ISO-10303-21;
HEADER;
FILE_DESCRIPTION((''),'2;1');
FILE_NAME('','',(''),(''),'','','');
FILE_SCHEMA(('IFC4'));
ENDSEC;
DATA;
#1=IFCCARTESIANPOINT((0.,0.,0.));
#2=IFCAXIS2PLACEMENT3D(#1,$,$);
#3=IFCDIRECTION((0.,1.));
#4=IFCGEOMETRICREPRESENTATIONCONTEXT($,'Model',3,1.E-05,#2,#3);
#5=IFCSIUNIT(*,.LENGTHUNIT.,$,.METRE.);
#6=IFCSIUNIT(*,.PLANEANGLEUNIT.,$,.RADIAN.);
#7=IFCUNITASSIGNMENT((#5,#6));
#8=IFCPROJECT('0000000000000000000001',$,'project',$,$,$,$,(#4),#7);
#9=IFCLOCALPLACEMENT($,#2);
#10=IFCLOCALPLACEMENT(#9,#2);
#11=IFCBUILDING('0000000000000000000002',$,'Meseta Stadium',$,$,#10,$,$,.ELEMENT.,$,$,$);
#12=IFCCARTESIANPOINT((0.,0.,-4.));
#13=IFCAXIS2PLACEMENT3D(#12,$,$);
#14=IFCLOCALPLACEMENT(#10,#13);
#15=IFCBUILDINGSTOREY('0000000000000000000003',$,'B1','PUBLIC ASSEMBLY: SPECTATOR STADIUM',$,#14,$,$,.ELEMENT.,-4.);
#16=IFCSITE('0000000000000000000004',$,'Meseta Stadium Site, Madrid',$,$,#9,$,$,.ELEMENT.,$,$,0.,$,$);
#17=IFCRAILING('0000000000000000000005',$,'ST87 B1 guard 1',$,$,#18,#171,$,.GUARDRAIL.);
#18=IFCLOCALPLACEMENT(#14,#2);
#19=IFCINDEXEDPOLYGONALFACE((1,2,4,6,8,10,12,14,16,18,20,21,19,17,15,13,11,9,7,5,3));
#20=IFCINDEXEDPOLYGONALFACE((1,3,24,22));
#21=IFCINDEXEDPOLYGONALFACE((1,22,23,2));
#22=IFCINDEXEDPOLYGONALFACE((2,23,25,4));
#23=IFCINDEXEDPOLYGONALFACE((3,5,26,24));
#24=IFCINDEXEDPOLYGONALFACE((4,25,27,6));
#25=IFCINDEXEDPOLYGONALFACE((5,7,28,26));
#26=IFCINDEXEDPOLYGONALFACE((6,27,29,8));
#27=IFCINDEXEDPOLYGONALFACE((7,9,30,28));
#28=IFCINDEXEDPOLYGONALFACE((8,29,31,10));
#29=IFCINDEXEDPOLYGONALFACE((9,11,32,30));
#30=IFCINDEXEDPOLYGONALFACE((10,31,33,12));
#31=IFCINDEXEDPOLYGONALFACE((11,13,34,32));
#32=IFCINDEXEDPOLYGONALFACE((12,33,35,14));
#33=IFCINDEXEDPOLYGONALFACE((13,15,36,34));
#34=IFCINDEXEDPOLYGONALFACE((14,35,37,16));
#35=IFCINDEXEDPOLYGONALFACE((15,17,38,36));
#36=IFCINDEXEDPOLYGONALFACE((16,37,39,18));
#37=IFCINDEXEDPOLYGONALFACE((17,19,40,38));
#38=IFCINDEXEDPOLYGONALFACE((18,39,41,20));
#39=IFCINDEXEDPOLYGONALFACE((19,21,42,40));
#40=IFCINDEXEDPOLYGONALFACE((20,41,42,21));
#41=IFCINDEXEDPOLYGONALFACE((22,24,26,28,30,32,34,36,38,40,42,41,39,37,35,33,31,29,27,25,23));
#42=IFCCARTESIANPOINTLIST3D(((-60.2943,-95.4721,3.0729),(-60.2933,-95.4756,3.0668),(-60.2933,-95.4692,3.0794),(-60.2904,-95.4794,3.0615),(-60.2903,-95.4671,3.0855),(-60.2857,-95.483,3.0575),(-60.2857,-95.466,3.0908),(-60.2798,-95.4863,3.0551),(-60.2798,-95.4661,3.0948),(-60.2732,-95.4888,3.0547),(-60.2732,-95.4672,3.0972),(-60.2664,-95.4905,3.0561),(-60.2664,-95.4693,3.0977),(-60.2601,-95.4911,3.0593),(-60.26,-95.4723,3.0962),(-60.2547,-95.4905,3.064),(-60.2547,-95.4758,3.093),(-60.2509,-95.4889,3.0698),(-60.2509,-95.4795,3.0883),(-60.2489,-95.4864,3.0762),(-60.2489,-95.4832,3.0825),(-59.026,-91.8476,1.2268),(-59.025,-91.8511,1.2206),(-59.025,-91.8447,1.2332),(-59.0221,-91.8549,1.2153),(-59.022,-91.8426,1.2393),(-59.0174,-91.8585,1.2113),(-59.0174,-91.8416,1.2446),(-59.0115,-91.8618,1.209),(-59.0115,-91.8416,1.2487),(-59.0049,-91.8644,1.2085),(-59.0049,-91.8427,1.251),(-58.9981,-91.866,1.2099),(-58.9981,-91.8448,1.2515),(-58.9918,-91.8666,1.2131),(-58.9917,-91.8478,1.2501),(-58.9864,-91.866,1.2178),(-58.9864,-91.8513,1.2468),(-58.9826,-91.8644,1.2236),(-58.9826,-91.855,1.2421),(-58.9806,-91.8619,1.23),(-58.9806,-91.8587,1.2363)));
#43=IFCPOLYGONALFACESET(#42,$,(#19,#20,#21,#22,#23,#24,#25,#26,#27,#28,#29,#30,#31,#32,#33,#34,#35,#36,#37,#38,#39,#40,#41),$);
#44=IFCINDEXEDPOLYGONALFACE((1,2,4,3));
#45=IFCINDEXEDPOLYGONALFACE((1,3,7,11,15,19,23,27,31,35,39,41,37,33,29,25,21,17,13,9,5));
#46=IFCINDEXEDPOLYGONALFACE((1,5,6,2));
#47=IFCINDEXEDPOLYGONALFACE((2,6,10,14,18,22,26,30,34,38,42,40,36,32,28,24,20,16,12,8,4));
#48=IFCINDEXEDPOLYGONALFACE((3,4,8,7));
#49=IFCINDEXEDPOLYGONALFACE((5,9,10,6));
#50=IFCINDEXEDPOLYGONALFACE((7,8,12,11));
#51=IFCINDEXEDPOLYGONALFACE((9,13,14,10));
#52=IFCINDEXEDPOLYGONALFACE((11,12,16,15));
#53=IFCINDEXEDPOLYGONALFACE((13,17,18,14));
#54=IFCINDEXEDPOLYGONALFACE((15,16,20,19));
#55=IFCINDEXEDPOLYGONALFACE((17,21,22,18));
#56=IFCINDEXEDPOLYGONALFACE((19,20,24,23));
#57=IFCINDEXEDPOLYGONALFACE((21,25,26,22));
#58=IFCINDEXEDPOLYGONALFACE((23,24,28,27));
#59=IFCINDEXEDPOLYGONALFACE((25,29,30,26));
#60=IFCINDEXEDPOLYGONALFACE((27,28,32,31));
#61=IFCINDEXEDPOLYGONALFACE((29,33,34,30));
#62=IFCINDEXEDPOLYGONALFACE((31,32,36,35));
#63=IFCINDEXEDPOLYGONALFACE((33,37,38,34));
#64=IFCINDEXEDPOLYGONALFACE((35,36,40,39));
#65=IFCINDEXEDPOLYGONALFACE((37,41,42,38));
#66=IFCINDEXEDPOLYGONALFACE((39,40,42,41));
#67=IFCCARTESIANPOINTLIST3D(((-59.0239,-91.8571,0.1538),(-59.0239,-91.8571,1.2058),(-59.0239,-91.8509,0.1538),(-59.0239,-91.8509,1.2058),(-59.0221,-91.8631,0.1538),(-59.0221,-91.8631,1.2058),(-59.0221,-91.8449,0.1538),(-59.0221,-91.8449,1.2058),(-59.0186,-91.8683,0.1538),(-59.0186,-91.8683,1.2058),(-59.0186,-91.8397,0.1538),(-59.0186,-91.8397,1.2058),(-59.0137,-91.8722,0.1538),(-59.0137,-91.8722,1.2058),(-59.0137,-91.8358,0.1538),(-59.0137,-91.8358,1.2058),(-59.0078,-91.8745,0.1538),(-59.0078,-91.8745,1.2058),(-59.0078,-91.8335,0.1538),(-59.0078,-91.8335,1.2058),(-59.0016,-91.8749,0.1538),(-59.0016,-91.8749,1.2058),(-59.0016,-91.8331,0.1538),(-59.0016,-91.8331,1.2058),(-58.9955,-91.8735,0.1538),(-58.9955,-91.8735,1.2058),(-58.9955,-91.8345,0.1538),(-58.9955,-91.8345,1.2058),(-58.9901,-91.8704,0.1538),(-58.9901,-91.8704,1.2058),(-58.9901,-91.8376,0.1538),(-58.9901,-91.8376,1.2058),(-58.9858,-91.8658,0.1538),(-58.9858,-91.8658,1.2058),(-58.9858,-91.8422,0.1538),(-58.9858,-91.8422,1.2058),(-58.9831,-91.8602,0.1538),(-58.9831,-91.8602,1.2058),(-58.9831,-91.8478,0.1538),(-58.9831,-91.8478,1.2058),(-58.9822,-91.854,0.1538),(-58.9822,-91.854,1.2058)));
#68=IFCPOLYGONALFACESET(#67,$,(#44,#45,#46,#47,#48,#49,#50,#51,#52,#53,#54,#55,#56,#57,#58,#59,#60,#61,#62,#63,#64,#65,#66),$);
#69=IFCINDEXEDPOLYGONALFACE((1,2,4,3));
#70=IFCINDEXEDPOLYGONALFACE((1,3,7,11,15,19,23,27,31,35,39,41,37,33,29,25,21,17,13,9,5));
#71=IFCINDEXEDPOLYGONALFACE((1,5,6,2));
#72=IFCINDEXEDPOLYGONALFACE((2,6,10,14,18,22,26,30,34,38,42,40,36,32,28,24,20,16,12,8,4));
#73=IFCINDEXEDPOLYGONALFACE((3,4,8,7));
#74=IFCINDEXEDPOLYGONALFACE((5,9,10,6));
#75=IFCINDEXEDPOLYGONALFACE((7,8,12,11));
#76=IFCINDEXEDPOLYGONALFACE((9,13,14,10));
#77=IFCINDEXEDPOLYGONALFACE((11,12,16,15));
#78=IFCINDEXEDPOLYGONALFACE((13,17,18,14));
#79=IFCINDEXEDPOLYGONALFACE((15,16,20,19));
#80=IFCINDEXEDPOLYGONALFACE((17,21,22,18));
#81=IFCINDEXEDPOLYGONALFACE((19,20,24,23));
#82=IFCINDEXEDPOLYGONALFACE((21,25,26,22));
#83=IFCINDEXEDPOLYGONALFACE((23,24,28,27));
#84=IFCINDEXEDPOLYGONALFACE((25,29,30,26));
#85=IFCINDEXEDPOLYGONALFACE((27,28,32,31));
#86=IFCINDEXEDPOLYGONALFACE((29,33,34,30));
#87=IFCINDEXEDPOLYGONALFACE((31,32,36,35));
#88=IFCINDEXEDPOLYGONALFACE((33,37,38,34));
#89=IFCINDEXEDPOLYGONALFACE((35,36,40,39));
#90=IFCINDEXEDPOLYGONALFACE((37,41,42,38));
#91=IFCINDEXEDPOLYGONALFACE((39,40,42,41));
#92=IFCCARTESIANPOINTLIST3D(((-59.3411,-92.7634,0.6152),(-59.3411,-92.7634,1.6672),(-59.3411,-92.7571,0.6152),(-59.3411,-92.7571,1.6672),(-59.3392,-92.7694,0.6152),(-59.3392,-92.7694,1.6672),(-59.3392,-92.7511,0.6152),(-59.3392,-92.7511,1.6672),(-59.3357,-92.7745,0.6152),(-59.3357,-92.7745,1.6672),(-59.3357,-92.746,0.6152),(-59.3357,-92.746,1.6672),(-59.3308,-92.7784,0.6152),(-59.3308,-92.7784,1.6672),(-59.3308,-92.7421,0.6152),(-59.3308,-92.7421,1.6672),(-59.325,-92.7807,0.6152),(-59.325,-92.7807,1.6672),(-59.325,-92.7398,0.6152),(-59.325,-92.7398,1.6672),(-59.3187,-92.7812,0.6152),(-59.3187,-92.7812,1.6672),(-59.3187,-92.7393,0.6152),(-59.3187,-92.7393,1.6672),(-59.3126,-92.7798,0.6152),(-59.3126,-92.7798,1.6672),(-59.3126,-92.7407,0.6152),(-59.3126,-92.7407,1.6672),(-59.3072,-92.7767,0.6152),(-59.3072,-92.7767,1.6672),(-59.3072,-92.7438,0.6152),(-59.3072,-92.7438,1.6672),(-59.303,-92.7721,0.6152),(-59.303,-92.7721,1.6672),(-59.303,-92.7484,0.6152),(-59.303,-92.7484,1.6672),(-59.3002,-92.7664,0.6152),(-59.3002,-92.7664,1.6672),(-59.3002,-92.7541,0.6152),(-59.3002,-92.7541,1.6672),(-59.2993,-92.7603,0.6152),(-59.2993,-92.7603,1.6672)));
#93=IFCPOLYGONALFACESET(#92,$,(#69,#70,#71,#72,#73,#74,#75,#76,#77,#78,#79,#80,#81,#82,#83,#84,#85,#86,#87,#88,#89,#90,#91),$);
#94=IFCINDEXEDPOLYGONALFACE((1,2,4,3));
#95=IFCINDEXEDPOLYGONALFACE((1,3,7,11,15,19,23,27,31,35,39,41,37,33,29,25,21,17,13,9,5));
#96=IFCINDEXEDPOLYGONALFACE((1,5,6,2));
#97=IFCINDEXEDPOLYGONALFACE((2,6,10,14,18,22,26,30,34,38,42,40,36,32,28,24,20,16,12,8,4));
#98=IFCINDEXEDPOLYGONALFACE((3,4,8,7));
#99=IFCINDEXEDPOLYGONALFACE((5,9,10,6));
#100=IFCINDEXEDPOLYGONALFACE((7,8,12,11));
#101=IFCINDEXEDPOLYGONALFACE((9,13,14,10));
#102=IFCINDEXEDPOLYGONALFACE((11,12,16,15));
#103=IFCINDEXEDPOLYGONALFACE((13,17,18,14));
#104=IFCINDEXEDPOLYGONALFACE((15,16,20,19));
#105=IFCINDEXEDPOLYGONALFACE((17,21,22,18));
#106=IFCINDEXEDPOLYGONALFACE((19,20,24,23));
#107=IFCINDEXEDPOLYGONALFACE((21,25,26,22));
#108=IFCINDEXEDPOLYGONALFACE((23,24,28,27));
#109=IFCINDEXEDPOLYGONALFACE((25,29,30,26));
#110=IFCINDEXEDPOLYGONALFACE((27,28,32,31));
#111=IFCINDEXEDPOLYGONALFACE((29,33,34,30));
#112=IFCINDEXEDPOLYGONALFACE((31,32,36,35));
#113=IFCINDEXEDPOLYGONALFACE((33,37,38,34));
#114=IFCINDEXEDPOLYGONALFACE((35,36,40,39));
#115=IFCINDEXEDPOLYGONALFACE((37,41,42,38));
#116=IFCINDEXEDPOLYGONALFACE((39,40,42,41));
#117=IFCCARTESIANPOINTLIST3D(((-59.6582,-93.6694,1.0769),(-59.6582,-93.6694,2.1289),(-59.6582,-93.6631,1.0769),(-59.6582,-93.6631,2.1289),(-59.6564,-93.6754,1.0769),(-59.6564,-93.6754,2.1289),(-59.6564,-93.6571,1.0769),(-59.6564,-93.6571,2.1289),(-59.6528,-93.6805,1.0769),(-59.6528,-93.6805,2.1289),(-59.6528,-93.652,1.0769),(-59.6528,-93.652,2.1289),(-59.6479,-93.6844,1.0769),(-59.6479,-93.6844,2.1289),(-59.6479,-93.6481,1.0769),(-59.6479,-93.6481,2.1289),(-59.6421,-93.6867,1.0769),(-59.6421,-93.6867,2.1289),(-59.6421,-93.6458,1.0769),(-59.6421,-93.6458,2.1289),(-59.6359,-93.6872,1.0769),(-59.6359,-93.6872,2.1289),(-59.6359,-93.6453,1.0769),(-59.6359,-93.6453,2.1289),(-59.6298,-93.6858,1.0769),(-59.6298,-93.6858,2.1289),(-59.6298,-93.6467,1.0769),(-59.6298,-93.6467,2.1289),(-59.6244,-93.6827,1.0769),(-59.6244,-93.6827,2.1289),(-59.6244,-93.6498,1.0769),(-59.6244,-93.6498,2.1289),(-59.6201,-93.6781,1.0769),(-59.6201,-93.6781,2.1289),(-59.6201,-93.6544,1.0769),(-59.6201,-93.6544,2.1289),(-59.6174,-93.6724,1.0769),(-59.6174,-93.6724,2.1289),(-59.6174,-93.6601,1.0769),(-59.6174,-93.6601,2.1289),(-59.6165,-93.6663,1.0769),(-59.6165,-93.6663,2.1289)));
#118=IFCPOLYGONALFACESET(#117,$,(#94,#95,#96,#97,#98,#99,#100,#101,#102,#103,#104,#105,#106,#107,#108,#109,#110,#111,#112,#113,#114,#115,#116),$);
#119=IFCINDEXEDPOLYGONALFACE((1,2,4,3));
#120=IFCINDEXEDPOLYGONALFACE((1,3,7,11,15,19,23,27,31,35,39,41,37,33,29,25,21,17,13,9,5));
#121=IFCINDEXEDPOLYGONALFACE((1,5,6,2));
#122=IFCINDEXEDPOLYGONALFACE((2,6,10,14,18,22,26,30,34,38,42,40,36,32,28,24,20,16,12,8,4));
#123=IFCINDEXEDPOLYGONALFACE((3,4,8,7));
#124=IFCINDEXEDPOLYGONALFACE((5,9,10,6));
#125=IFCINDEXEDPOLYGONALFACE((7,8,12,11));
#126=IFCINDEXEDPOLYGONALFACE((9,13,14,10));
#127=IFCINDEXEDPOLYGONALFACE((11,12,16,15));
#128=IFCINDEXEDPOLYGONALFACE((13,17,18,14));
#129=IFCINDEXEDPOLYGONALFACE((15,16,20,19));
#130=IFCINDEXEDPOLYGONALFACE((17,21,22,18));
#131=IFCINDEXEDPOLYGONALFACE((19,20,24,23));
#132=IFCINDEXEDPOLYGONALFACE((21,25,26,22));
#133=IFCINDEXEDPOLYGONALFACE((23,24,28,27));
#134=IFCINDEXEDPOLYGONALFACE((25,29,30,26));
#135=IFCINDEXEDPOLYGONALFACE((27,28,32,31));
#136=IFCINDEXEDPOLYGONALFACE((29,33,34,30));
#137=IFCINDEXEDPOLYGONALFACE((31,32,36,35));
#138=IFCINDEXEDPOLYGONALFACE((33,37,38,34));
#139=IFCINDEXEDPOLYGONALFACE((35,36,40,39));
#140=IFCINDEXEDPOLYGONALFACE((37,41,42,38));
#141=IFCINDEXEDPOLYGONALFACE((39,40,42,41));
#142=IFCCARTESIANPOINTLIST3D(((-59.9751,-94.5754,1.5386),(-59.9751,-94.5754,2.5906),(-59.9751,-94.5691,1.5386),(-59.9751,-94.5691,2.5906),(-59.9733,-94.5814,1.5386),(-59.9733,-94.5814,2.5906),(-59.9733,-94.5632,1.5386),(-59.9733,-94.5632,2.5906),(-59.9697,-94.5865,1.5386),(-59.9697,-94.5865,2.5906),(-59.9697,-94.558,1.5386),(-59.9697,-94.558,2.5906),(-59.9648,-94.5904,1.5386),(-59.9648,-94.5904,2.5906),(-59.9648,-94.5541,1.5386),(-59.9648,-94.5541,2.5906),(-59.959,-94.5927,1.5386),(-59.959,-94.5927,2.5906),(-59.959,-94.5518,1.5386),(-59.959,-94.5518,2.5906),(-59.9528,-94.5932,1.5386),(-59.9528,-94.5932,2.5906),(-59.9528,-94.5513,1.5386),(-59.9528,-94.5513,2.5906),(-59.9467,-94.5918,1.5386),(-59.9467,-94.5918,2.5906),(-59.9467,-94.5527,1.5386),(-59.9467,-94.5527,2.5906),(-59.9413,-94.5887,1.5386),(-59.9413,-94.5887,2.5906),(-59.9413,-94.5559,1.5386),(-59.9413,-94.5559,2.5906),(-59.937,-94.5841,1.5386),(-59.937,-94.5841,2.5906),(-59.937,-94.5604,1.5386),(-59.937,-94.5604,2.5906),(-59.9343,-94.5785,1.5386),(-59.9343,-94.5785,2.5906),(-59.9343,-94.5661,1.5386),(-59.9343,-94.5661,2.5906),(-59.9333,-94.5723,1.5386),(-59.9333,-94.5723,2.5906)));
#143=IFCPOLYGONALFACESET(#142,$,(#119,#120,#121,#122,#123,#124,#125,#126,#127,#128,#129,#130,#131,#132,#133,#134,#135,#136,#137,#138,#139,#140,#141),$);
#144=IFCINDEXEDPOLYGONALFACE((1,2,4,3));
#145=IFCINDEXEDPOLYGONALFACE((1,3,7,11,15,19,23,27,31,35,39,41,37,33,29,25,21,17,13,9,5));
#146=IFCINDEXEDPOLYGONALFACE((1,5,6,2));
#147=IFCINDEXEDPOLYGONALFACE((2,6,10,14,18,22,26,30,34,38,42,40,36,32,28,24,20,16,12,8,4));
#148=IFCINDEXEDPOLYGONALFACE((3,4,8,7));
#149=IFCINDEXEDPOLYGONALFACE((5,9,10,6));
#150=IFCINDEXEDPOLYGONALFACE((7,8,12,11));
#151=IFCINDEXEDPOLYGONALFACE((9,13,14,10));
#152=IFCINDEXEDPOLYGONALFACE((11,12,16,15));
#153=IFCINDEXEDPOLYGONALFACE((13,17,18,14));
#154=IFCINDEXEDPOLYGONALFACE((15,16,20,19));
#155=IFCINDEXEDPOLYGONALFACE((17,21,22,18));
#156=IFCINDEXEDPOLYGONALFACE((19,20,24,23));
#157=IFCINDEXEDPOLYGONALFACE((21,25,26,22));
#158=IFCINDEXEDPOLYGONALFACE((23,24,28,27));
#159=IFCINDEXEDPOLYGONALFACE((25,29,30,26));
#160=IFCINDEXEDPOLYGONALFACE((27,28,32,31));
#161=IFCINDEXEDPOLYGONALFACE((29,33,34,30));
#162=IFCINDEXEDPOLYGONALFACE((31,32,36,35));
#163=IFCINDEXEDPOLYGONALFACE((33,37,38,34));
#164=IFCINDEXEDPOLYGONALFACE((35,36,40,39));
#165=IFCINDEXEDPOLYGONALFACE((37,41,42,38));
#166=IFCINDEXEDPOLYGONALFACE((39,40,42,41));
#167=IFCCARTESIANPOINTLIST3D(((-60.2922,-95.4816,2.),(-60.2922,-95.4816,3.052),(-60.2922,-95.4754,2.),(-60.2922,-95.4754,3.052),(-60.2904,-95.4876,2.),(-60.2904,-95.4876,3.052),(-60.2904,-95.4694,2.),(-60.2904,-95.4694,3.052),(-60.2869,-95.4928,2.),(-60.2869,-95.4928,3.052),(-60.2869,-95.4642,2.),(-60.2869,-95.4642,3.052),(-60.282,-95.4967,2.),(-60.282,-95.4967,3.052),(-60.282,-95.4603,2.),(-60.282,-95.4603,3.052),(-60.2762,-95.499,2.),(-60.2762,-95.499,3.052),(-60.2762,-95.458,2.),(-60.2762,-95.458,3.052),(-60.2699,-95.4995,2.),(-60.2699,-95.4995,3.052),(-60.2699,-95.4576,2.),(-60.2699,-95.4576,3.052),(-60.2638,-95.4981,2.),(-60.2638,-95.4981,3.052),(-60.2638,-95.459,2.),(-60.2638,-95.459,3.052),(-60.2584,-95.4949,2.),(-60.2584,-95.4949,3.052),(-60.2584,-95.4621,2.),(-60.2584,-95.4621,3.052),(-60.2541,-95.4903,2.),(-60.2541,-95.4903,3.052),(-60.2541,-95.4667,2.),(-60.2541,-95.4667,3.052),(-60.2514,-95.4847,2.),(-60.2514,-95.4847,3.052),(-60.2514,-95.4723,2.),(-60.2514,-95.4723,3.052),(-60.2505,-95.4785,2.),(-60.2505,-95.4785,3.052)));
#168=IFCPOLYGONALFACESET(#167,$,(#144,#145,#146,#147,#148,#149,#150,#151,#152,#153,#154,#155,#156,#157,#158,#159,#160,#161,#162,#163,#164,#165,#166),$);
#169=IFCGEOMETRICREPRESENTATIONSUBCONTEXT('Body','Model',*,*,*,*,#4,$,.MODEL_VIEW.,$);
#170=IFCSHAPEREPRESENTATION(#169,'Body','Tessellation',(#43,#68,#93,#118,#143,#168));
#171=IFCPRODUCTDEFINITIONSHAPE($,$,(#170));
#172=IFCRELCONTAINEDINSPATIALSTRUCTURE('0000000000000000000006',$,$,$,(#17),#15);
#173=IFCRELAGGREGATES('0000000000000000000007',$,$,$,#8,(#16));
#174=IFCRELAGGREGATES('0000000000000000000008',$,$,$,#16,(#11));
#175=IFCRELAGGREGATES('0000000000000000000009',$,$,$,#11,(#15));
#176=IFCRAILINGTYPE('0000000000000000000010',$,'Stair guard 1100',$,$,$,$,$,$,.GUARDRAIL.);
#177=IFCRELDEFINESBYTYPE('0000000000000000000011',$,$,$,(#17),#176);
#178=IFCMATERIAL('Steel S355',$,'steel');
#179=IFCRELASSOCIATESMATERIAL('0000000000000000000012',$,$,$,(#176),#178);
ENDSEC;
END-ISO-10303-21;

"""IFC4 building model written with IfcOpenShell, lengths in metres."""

from ifc_helpers import new_model, si_unit, direction, frame, origin, origin_2d, place, context, subcontext, project, spatial, circle, extrude, material, type_object, element, save


model = new_model("IFC4")

# Units and contexts
model_context = context("Model", 3, precision=1e-05, world=origin(), true_north=direction((0.0, 1.0)))
body_context = subcontext(model_context, "Body", "Model", "MODEL_VIEW")
ifc_project = project(units=[si_unit("LENGTHUNIT", "METRE"), si_unit("PLANEANGLEUNIT", "RADIAN")], contexts=[model_context])

# Site, building, storey
site_placement = place(None, origin())
site = spatial("IfcSite", under=ifc_project, at=site_placement, Name="Meseta Stadium Site, Madrid", CompositionType="ELEMENT", RefElevation=0.0)
building_placement = place(site_placement, origin())
building = spatial("IfcBuilding", under=site, at=building_placement, Name="Meseta Stadium", CompositionType="ELEMENT")
storey_placement = place(building_placement, frame((0.0, 0.0, -4.0)))
storey = spatial("IfcBuildingStorey", under=building, at=storey_placement, Name="B1", Description="PUBLIC ASSEMBLY: SPECTATOR STADIUM", CompositionType="ELEMENT", Elevation=-4.0)

# Railing
ifc_material_1 = material(Name="Steel S355", Category="steel")
railing_type_1 = type_object("IfcRailingType", Name="Stair guard 1100", PredefinedType="GUARDRAIL", material=ifc_material_1)
railing_1_placement = place(storey_placement, frame((-59.0032, -91.854, 0.1538)))
element("IfcRailing", 1, at=railing_1_placement, inside=storey, type_object=railing_type_1, Name="ST87 B1 guard 1", PredefinedType="GUARDRAIL", context=body_context, shape_type="SweptSolid", body=[
    extrude(circle(Radius=0.0239, at=origin_2d()), frame((0.0, 0.0, 1.0762), z_axis=(-0.297672, -0.850672, 0.4333), x_axis=(0.94388, -0.330288, 0.0)), (0.0, 0.0, 1.0), 4.2607),
    extrude(circle(Radius=0.021, at=origin_2d()), origin(), (0.0, 0.0, 1.0), 1.052),
    extrude(circle(Radius=0.021, at=origin_2d()), frame((-0.3171, -0.9062, 0.4614)), (0.0, 0.0, 1.0), 1.052),
    extrude(circle(Radius=0.021, at=origin_2d()), frame((-0.6343, -1.8123, 0.9231)), (0.0, 0.0, 1.0), 1.052),
    extrude(circle(Radius=0.021, at=origin_2d()), frame((-0.9512, -2.7183, 1.3848)), (0.0, 0.0, 1.0), 1.052),
    extrude(circle(Radius=0.021, at=origin_2d()), frame((-1.2683, -3.6245, 1.8462)), (0.0, 0.0, 1.0), 1.052),
])

save(model, "model.ifc")
